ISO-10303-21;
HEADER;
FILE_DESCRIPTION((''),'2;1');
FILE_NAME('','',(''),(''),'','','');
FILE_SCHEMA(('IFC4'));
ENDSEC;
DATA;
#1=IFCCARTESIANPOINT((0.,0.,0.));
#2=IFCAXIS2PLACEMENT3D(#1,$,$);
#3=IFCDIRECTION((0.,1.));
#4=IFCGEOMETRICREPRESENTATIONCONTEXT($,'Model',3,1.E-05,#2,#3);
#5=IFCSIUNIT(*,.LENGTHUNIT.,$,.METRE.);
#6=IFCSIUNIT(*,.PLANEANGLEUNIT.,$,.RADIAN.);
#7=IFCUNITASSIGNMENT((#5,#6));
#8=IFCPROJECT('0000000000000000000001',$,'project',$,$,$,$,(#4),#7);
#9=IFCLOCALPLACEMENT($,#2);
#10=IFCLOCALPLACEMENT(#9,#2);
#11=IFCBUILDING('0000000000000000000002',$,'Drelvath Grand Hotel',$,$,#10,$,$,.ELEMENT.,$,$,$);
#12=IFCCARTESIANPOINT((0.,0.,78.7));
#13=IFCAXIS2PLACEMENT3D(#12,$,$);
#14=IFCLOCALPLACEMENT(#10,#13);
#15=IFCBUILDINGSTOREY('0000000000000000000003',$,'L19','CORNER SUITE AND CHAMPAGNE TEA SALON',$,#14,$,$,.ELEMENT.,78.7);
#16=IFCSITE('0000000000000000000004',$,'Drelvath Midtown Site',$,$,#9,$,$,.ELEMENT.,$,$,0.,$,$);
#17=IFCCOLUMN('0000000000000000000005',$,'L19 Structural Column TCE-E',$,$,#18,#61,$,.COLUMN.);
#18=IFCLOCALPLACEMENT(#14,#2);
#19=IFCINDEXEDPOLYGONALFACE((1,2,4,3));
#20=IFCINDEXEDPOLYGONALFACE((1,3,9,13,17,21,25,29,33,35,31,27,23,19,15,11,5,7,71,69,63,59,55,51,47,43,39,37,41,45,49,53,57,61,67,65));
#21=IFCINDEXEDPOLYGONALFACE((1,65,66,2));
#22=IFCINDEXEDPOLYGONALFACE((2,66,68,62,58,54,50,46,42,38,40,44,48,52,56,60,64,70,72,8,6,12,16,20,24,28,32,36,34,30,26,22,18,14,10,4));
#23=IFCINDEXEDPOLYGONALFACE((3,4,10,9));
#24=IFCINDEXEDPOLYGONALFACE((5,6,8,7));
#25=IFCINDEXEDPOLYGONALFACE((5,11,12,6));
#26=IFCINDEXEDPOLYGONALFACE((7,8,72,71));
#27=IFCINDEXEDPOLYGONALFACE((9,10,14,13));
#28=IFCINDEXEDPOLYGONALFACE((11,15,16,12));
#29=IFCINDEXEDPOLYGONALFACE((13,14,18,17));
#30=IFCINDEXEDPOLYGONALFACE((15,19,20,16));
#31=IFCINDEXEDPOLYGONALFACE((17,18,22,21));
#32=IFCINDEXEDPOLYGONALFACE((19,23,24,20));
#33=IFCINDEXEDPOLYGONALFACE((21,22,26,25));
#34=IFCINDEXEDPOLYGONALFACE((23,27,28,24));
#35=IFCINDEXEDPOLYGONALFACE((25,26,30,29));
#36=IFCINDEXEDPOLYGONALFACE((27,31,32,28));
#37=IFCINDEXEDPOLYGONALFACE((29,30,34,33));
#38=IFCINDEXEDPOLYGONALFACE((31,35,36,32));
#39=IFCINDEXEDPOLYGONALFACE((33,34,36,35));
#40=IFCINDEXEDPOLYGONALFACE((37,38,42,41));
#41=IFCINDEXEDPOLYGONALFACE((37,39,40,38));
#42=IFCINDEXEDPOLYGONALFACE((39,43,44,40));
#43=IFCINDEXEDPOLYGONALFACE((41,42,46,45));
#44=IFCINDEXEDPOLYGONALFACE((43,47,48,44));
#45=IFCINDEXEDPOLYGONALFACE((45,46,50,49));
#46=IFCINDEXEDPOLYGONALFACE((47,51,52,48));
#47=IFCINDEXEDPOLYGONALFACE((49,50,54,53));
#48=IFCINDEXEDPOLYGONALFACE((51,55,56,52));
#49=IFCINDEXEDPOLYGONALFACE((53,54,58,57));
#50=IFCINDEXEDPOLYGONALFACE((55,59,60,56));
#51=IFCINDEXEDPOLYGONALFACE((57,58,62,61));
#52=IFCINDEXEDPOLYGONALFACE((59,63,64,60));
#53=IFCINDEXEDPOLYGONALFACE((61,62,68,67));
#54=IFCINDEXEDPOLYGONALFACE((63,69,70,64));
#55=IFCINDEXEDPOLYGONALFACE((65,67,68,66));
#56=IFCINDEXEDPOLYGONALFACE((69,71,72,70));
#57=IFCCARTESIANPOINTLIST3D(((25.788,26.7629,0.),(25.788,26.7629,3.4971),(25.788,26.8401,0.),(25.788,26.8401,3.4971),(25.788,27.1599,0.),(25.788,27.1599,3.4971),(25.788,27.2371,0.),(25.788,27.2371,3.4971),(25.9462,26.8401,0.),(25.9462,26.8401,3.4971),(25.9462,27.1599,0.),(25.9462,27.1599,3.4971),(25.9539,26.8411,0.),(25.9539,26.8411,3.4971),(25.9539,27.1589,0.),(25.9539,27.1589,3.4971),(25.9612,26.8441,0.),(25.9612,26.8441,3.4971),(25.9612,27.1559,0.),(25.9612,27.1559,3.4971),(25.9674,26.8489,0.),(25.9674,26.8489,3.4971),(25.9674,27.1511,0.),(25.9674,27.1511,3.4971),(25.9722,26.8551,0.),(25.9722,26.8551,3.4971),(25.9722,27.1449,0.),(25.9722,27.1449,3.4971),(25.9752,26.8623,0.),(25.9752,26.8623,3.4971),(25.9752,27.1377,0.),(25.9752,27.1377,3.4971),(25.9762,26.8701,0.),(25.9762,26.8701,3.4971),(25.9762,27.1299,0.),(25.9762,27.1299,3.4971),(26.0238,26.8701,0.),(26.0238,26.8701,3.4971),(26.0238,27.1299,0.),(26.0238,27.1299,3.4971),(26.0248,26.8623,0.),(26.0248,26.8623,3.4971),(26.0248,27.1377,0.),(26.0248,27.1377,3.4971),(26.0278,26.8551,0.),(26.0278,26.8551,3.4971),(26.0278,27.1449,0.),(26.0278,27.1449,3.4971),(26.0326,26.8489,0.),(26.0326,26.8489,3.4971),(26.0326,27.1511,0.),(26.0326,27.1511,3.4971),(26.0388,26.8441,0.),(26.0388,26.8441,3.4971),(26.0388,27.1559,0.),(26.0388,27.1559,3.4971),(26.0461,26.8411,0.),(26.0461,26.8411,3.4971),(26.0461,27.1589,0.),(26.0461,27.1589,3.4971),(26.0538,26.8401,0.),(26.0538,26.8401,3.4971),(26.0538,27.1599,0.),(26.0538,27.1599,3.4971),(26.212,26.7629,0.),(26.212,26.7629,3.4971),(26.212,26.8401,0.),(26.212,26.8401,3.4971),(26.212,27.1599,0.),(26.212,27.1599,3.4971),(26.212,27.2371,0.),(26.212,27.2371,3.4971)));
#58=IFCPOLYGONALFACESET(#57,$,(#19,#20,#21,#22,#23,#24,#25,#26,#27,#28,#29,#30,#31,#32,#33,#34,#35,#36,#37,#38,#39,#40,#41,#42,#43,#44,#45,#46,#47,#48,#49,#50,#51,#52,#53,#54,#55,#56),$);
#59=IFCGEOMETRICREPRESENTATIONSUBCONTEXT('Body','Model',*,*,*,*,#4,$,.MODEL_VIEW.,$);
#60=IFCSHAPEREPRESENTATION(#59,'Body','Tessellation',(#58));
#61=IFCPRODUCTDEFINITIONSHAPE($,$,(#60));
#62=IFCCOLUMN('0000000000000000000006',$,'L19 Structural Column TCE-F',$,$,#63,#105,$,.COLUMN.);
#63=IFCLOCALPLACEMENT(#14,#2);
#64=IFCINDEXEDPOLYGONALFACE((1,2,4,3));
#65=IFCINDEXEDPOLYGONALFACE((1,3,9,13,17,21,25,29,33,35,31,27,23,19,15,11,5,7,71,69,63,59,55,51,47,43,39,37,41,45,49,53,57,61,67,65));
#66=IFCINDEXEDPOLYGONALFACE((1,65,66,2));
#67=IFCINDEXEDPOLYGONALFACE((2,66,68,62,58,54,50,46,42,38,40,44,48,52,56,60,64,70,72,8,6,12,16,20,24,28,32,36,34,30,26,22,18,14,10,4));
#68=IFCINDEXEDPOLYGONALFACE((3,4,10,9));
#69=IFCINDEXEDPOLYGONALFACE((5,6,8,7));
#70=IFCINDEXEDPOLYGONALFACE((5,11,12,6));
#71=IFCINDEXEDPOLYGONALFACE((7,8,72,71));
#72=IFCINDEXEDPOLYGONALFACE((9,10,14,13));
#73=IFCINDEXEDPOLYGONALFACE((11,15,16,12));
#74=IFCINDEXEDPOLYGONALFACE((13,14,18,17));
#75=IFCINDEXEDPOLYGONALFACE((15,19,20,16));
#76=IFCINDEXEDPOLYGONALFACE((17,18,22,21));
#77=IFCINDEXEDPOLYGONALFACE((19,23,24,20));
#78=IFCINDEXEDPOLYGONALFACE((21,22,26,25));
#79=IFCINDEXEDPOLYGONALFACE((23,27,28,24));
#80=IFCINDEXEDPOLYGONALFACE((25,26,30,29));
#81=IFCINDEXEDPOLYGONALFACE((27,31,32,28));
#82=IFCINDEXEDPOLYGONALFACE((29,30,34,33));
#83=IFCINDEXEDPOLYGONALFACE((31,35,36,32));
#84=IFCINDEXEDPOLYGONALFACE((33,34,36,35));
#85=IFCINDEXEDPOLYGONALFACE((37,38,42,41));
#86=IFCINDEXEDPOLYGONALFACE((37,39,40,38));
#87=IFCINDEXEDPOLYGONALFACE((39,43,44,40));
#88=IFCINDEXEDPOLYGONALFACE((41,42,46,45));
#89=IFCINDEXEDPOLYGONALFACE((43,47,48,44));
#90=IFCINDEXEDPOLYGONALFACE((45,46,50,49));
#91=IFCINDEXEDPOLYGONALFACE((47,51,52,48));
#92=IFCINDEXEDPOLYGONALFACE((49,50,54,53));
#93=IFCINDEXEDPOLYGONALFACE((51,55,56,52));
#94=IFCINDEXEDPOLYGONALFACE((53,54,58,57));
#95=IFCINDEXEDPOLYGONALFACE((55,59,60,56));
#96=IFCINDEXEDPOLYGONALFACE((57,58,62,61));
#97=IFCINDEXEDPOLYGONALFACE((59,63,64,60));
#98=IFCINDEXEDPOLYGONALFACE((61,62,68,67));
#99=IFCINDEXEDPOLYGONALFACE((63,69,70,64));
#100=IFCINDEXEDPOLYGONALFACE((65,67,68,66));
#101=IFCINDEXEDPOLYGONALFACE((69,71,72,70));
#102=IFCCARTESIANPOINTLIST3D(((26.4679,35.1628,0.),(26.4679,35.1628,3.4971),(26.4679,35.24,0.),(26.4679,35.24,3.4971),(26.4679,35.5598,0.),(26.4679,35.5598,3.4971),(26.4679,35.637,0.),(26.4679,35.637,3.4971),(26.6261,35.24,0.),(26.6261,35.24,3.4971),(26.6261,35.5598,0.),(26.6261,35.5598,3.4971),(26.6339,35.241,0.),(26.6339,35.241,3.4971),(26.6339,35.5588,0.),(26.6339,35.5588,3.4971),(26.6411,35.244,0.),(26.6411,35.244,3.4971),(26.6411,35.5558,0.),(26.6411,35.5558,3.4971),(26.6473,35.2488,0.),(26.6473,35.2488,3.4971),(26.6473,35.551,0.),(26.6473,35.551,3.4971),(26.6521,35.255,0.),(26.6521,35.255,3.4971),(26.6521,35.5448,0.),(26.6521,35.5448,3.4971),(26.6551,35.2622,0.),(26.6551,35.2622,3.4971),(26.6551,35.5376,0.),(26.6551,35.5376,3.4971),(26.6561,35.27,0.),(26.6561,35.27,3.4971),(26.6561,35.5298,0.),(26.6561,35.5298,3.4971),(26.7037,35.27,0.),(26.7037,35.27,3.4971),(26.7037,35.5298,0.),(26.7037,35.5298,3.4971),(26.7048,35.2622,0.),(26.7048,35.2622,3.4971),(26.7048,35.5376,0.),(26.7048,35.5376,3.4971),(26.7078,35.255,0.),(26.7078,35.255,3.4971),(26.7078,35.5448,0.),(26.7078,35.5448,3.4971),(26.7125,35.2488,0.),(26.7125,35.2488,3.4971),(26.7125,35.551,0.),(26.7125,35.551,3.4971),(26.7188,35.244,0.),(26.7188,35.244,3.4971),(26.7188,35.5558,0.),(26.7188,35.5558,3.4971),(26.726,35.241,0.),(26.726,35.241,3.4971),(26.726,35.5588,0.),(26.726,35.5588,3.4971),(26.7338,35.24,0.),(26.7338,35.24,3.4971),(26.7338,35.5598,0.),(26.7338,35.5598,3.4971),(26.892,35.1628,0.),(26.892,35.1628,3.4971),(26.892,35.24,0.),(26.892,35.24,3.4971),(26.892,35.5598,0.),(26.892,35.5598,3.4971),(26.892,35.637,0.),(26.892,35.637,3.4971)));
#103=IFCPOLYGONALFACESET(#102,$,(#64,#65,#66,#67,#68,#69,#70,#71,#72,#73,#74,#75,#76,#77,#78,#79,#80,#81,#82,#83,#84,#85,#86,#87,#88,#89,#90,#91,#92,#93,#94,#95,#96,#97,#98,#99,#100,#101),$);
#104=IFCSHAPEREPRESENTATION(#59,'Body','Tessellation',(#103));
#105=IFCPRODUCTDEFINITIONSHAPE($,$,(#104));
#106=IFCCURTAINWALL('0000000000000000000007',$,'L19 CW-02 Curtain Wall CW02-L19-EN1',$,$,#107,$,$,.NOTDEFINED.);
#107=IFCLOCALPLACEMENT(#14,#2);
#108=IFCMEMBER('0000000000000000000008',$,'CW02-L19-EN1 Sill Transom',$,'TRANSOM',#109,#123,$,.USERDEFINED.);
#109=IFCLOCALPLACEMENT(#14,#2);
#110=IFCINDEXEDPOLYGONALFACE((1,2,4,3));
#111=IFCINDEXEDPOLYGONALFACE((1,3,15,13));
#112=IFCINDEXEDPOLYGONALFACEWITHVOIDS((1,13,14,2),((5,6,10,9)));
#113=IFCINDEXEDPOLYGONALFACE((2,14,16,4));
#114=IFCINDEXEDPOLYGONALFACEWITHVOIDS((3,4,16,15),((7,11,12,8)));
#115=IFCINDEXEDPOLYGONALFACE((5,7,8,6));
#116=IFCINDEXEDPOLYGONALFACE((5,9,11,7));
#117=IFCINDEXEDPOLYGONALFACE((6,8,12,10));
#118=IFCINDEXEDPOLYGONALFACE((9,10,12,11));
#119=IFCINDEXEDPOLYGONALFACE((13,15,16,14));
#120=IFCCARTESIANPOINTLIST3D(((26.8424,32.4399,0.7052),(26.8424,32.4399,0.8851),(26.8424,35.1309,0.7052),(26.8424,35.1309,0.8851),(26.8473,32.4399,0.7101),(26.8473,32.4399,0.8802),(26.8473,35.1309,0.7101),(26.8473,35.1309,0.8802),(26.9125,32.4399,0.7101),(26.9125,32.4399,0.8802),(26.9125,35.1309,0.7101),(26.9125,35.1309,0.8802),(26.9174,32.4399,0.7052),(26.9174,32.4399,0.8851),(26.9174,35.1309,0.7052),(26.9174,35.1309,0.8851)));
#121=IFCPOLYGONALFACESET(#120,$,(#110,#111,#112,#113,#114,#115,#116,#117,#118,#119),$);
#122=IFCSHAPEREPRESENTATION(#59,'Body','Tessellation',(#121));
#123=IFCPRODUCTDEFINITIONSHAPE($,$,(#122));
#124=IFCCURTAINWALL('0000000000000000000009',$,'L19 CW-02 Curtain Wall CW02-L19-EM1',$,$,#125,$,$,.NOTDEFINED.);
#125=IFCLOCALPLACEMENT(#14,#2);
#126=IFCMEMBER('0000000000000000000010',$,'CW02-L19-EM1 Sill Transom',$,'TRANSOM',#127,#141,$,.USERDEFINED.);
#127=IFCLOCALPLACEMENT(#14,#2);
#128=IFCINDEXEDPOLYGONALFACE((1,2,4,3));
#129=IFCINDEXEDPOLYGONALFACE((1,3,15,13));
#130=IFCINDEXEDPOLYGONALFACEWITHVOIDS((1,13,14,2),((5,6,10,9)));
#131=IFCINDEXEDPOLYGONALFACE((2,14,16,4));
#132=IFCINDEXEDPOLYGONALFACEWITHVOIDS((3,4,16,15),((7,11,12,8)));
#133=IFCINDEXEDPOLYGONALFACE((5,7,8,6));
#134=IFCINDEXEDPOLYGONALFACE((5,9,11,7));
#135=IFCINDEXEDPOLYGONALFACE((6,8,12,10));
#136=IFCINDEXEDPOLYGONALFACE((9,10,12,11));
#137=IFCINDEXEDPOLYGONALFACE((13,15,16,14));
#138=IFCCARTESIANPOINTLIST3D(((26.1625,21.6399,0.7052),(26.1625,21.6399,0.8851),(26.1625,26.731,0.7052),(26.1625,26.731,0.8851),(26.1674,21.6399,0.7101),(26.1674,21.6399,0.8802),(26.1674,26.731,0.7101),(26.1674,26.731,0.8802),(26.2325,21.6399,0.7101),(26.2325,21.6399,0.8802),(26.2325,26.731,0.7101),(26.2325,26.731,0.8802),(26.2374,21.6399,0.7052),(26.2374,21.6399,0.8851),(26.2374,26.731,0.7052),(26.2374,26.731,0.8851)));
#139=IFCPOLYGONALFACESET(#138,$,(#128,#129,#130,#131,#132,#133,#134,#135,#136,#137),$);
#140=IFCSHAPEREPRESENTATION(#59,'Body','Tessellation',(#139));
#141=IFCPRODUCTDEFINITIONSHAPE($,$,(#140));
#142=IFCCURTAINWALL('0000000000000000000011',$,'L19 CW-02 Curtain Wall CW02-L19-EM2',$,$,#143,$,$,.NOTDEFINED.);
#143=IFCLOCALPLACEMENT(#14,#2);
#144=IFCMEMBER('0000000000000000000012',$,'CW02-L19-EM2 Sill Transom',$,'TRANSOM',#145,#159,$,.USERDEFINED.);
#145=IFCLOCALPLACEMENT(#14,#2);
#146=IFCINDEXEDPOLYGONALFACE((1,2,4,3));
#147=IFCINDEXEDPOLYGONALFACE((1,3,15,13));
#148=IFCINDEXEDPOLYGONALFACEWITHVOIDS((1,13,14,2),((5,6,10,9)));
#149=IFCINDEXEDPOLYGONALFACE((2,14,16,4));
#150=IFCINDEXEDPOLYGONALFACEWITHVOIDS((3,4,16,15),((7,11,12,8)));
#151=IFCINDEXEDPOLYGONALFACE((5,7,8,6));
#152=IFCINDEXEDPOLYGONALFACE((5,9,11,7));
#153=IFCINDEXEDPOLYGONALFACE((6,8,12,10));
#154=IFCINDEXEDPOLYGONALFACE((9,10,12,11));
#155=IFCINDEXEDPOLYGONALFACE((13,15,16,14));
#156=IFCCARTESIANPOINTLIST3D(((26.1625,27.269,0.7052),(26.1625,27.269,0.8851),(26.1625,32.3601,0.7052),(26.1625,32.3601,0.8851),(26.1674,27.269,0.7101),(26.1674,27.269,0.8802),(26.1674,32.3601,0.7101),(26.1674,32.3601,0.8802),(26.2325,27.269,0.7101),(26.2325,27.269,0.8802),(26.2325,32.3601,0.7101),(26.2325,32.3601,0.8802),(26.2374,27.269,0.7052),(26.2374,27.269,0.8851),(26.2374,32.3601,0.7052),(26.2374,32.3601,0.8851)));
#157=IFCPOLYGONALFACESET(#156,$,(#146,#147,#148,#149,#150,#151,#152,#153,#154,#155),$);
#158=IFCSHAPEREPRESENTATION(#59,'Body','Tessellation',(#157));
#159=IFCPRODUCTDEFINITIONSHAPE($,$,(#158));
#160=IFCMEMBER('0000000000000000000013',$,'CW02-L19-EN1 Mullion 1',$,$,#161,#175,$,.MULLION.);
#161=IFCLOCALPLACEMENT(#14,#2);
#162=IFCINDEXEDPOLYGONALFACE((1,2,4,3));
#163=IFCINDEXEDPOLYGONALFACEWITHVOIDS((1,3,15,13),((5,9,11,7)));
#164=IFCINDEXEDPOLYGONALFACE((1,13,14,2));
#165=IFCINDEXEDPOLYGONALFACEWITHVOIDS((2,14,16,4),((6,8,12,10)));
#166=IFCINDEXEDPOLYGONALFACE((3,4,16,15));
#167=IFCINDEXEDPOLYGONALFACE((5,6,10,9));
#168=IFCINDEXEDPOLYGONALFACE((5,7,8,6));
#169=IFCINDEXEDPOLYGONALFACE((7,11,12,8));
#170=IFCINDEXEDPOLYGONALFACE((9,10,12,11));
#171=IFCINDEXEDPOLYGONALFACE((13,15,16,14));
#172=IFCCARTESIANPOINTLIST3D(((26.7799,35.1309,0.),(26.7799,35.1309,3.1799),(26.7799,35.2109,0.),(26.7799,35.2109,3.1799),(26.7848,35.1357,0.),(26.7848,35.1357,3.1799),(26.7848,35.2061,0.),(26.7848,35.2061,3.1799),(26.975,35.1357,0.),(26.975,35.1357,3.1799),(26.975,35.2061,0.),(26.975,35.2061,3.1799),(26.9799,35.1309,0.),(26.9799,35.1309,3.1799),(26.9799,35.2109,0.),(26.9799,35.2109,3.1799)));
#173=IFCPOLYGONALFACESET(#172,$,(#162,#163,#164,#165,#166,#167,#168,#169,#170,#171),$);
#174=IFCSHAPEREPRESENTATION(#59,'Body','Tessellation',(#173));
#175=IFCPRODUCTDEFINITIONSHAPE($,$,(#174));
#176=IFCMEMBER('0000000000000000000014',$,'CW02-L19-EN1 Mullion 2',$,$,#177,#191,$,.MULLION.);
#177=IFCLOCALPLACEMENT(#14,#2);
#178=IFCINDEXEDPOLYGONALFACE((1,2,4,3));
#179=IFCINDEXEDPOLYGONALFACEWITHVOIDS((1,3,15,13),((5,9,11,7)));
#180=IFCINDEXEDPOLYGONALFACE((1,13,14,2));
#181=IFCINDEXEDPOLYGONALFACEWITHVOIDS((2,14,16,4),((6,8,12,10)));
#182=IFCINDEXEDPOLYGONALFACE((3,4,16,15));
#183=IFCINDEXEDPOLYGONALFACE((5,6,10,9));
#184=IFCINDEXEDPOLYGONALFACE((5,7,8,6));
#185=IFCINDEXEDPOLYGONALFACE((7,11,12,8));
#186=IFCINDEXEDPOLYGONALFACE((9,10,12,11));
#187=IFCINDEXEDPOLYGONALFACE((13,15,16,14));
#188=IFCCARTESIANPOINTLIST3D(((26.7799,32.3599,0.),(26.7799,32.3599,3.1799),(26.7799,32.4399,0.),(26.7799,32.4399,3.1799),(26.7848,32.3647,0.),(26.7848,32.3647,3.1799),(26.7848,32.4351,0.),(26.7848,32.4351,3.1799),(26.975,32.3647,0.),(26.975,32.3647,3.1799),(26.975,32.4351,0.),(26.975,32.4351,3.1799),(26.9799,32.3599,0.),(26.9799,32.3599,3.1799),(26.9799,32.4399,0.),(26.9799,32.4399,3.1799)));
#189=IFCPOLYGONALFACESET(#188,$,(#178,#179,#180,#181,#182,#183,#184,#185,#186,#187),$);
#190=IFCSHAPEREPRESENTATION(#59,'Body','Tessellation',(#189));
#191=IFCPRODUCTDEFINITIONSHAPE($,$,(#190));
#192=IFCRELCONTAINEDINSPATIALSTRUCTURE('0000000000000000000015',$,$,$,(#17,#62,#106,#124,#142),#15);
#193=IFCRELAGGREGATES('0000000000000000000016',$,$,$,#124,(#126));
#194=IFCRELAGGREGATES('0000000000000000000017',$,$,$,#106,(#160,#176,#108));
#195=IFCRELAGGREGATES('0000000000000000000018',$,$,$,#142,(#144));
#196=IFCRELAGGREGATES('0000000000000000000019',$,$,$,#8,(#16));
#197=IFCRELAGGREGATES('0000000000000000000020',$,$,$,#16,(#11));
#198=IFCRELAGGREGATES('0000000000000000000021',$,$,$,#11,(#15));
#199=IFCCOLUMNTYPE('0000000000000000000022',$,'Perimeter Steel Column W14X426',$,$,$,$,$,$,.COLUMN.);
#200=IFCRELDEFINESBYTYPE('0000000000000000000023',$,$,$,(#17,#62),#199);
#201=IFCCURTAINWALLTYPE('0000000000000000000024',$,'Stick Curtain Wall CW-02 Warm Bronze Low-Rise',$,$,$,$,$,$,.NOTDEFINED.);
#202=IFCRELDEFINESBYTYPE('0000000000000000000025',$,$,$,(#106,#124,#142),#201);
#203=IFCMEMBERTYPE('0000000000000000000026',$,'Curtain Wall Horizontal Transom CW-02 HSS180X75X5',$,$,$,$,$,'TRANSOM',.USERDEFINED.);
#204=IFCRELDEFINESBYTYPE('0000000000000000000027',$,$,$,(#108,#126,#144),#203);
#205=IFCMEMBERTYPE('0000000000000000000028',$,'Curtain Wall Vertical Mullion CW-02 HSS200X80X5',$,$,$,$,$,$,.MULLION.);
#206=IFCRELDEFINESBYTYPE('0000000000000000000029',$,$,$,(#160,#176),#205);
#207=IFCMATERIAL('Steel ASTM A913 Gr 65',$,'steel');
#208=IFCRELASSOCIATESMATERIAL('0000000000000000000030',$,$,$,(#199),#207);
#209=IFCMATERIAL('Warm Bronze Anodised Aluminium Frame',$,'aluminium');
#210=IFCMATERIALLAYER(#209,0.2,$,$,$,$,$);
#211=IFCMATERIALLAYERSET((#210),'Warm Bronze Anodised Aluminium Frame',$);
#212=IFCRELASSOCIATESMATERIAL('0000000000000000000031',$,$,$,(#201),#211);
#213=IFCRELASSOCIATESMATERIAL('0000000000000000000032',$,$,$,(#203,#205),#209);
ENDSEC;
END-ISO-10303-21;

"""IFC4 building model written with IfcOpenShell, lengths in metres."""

from ifc_helpers import new_model, si_unit, direction, frame, origin, origin_2d, place, context, subcontext, project, spatial, hollow_rectangle, i_section, extrude, material, layer, layer_set, material_profile, profile_set, type_object, element, aggregate, save


model = new_model("IFC4")

# Units and contexts
model_context = context("Model", 3, precision=1e-05, world=origin(), true_north=direction((0.0, 1.0)))
body_context = subcontext(model_context, "Body", "Model", "MODEL_VIEW")
ifc_project = project(units=[si_unit("LENGTHUNIT", "METRE"), si_unit("PLANEANGLEUNIT", "RADIAN")], contexts=[model_context])

# Site, building, storey
site_placement = place(None, origin())
site = spatial("IfcSite", under=ifc_project, at=site_placement, Name="Drelvath Midtown Site", CompositionType="ELEMENT", RefElevation=0.0)
building_placement = place(site_placement, origin())
building = spatial("IfcBuilding", under=site, at=building_placement, Name="Drelvath Grand Hotel", CompositionType="ELEMENT")
storey_placement = place(building_placement, frame((0.0, 0.0, 78.7)))
storey = spatial("IfcBuildingStorey", under=building, at=storey_placement, Name="L19", Description="CORNER SUITE AND CHAMPAGNE TEA SALON", CompositionType="ELEMENT", Elevation=78.7)

# Columns
ifc_material_1 = material(Name="Steel ASTM A913 Gr 65", Category="steel")
ifc_material_profile_1 = material_profile(ifc_material_1, i_section(OverallWidth=0.4241, OverallDepth=0.4741, WebThickness=0.0476, FlangeThickness=0.0771, FilletRadius=0.03, at=origin_2d()), Name="W14X426")
ifc_profile_set_1 = profile_set([ifc_material_profile_1], Name="Steel ASTM A913 Gr 65")
column_type = type_object("IfcColumnType", Name="Perimeter Steel Column W14X426", PredefinedType="COLUMN", material=ifc_profile_set_1)
for number, where, z_axis, x_axis, name in (
    (1, (26.0, 27.0, 0.0), (0.0, 0.0, 1.0), (1.0, 0.0, 0.0), "L19 Structural Column TCE-E"),
    (2, (26.6799, 35.3999, 0.0), (0.0, 0.0, 1.0), (1.0, 0.0, 0.0), "L19 Structural Column TCE-F"),
):
    element("IfcColumn", number, at=place(storey_placement, frame(where, z_axis=z_axis, x_axis=x_axis)), inside=storey, type_object=column_type, Name=name, PredefinedType="COLUMN", context=body_context, shape_type="SweptSolid", body=[
        extrude(i_section(OverallWidth=0.4241, OverallDepth=0.4741, WebThickness=0.0476, FlangeThickness=0.0771, FilletRadius=0.03, at=origin_2d()), origin(), (0.0, 0.0, 1.0), 3.4971),
    ])

# Curtain walls, members
ifc_material_2 = material(Name="Warm Bronze Anodised Aluminium Frame", Category="aluminium")
ifc_layer_1 = layer(ifc_material_2, 0.2)
ifc_layer_set_1 = layer_set([ifc_layer_1], Name="Warm Bronze Anodised Aluminium Frame")
curtain_wall_type = type_object("IfcCurtainWallType", Name="Stick Curtain Wall CW-02 Warm Bronze Low-Rise", PredefinedType="NOTDEFINED", material=ifc_layer_set_1)
curtain_wall_1_placement = place(storey_placement, origin())
curtain_wall_1 = element("IfcCurtainWall", 3, at=curtain_wall_1_placement, inside=storey, type_object=curtain_wall_type, Name="L19 CW-02 Curtain Wall CW02-L19-EN1", PredefinedType="NOTDEFINED")
ifc_material_profile_2 = material_profile(ifc_material_2, hollow_rectangle(XDim=0.075, YDim=0.1799, WallThickness=0.0049, at=origin_2d()), Name="HSS180X75X5")
ifc_profile_set_2 = profile_set([ifc_material_profile_2], Name="Warm Bronze Anodised Aluminium Frame")
member_type_1 = type_object("IfcMemberType", Name="Curtain Wall Horizontal Transom CW-02 HSS180X75X5", ElementType="TRANSOM", PredefinedType="USERDEFINED", material=ifc_profile_set_2)
member_1_placement = place(storey_placement, frame((26.8799, 35.1309, 0.7952), z_axis=(0.0, -1.0, 0.0), x_axis=(1.0, 0.0, 0.0)))
member_1 = element("IfcMember", 4, at=member_1_placement, type_object=member_type_1, Name="CW02-L19-EN1 Sill Transom", ObjectType="TRANSOM", PredefinedType="USERDEFINED", context=body_context, shape_type="SweptSolid", body=[
    extrude(hollow_rectangle(XDim=0.075, YDim=0.1799, WallThickness=0.0049, at=origin_2d()), origin(), (0.0, 0.0, 1.0), 2.6909),
])
curtain_wall_2_placement = place(storey_placement, origin())
curtain_wall_2 = element("IfcCurtainWall", 5, at=curtain_wall_2_placement, inside=storey, type_object=curtain_wall_type, Name="L19 CW-02 Curtain Wall CW02-L19-EM1", PredefinedType="NOTDEFINED")
member_2_placement = place(storey_placement, frame((26.2, 26.731, 0.7952), z_axis=(0.0, -1.0, 0.0), x_axis=(1.0, 0.0, 0.0)))
member_2 = element("IfcMember", 6, at=member_2_placement, type_object=member_type_1, Name="CW02-L19-EM1 Sill Transom", ObjectType="TRANSOM", PredefinedType="USERDEFINED", context=body_context, shape_type="SweptSolid", body=[
    extrude(hollow_rectangle(XDim=0.075, YDim=0.1799, WallThickness=0.0049, at=origin_2d()), origin(), (0.0, 0.0, 1.0), 5.0911),
])
curtain_wall_3_placement = place(storey_placement, origin())
curtain_wall_3 = element("IfcCurtainWall", 7, at=curtain_wall_3_placement, inside=storey, type_object=curtain_wall_type, Name="L19 CW-02 Curtain Wall CW02-L19-EM2", PredefinedType="NOTDEFINED")
member_3_placement = place(storey_placement, frame((26.2, 32.3601, 0.7952), z_axis=(0.0, -1.0, 0.0), x_axis=(1.0, 0.0, 0.0)))
member_3 = element("IfcMember", 8, at=member_3_placement, type_object=member_type_1, Name="CW02-L19-EM2 Sill Transom", ObjectType="TRANSOM", PredefinedType="USERDEFINED", context=body_context, shape_type="SweptSolid", body=[
    extrude(hollow_rectangle(XDim=0.075, YDim=0.1799, WallThickness=0.0049, at=origin_2d()), origin(), (0.0, 0.0, 1.0), 5.0911),
])

# Members
ifc_material_profile_3 = material_profile(ifc_material_2, hollow_rectangle(XDim=0.0801, YDim=0.2, WallThickness=0.0049, at=origin_2d()), Name="HSS200X80X5")
ifc_profile_set_3 = profile_set([ifc_material_profile_3], Name="Warm Bronze Anodised Aluminium Frame")
member_type_2 = type_object("IfcMemberType", Name="Curtain Wall Vertical Mullion CW-02 HSS200X80X5", PredefinedType="MULLION", material=ifc_profile_set_3)
member_4_placement = place(storey_placement, frame((26.8799, 35.1709, 0.0), z_axis=(0.0, 0.0, 1.0), x_axis=(0.0, 1.0, 0.0)))
member_4 = element("IfcMember", 9, at=member_4_placement, type_object=member_type_2, Name="CW02-L19-EN1 Mullion 1", PredefinedType="MULLION", context=body_context, shape_type="SweptSolid", body=[
    extrude(hollow_rectangle(XDim=0.0801, YDim=0.2, WallThickness=0.0049, at=origin_2d()), origin(), (0.0, 0.0, 1.0), 3.1799),
])
member_5_placement = place(storey_placement, frame((26.8799, 32.3999, 0.0), z_axis=(0.0, 0.0, 1.0), x_axis=(0.0, 1.0, 0.0)))
member_5 = element("IfcMember", 10, at=member_5_placement, type_object=member_type_2, Name="CW02-L19-EN1 Mullion 2", PredefinedType="MULLION", context=body_context, shape_type="SweptSolid", body=[
    extrude(hollow_rectangle(XDim=0.0801, YDim=0.2, WallThickness=0.0049, at=origin_2d()), origin(), (0.0, 0.0, 1.0), 3.1799),
])

aggregate(curtain_wall_2, [member_2])

aggregate(curtain_wall_1, [member_4, member_5, member_1])
aggregate(curtain_wall_3, [member_3])

save(model, "model.ifc")
